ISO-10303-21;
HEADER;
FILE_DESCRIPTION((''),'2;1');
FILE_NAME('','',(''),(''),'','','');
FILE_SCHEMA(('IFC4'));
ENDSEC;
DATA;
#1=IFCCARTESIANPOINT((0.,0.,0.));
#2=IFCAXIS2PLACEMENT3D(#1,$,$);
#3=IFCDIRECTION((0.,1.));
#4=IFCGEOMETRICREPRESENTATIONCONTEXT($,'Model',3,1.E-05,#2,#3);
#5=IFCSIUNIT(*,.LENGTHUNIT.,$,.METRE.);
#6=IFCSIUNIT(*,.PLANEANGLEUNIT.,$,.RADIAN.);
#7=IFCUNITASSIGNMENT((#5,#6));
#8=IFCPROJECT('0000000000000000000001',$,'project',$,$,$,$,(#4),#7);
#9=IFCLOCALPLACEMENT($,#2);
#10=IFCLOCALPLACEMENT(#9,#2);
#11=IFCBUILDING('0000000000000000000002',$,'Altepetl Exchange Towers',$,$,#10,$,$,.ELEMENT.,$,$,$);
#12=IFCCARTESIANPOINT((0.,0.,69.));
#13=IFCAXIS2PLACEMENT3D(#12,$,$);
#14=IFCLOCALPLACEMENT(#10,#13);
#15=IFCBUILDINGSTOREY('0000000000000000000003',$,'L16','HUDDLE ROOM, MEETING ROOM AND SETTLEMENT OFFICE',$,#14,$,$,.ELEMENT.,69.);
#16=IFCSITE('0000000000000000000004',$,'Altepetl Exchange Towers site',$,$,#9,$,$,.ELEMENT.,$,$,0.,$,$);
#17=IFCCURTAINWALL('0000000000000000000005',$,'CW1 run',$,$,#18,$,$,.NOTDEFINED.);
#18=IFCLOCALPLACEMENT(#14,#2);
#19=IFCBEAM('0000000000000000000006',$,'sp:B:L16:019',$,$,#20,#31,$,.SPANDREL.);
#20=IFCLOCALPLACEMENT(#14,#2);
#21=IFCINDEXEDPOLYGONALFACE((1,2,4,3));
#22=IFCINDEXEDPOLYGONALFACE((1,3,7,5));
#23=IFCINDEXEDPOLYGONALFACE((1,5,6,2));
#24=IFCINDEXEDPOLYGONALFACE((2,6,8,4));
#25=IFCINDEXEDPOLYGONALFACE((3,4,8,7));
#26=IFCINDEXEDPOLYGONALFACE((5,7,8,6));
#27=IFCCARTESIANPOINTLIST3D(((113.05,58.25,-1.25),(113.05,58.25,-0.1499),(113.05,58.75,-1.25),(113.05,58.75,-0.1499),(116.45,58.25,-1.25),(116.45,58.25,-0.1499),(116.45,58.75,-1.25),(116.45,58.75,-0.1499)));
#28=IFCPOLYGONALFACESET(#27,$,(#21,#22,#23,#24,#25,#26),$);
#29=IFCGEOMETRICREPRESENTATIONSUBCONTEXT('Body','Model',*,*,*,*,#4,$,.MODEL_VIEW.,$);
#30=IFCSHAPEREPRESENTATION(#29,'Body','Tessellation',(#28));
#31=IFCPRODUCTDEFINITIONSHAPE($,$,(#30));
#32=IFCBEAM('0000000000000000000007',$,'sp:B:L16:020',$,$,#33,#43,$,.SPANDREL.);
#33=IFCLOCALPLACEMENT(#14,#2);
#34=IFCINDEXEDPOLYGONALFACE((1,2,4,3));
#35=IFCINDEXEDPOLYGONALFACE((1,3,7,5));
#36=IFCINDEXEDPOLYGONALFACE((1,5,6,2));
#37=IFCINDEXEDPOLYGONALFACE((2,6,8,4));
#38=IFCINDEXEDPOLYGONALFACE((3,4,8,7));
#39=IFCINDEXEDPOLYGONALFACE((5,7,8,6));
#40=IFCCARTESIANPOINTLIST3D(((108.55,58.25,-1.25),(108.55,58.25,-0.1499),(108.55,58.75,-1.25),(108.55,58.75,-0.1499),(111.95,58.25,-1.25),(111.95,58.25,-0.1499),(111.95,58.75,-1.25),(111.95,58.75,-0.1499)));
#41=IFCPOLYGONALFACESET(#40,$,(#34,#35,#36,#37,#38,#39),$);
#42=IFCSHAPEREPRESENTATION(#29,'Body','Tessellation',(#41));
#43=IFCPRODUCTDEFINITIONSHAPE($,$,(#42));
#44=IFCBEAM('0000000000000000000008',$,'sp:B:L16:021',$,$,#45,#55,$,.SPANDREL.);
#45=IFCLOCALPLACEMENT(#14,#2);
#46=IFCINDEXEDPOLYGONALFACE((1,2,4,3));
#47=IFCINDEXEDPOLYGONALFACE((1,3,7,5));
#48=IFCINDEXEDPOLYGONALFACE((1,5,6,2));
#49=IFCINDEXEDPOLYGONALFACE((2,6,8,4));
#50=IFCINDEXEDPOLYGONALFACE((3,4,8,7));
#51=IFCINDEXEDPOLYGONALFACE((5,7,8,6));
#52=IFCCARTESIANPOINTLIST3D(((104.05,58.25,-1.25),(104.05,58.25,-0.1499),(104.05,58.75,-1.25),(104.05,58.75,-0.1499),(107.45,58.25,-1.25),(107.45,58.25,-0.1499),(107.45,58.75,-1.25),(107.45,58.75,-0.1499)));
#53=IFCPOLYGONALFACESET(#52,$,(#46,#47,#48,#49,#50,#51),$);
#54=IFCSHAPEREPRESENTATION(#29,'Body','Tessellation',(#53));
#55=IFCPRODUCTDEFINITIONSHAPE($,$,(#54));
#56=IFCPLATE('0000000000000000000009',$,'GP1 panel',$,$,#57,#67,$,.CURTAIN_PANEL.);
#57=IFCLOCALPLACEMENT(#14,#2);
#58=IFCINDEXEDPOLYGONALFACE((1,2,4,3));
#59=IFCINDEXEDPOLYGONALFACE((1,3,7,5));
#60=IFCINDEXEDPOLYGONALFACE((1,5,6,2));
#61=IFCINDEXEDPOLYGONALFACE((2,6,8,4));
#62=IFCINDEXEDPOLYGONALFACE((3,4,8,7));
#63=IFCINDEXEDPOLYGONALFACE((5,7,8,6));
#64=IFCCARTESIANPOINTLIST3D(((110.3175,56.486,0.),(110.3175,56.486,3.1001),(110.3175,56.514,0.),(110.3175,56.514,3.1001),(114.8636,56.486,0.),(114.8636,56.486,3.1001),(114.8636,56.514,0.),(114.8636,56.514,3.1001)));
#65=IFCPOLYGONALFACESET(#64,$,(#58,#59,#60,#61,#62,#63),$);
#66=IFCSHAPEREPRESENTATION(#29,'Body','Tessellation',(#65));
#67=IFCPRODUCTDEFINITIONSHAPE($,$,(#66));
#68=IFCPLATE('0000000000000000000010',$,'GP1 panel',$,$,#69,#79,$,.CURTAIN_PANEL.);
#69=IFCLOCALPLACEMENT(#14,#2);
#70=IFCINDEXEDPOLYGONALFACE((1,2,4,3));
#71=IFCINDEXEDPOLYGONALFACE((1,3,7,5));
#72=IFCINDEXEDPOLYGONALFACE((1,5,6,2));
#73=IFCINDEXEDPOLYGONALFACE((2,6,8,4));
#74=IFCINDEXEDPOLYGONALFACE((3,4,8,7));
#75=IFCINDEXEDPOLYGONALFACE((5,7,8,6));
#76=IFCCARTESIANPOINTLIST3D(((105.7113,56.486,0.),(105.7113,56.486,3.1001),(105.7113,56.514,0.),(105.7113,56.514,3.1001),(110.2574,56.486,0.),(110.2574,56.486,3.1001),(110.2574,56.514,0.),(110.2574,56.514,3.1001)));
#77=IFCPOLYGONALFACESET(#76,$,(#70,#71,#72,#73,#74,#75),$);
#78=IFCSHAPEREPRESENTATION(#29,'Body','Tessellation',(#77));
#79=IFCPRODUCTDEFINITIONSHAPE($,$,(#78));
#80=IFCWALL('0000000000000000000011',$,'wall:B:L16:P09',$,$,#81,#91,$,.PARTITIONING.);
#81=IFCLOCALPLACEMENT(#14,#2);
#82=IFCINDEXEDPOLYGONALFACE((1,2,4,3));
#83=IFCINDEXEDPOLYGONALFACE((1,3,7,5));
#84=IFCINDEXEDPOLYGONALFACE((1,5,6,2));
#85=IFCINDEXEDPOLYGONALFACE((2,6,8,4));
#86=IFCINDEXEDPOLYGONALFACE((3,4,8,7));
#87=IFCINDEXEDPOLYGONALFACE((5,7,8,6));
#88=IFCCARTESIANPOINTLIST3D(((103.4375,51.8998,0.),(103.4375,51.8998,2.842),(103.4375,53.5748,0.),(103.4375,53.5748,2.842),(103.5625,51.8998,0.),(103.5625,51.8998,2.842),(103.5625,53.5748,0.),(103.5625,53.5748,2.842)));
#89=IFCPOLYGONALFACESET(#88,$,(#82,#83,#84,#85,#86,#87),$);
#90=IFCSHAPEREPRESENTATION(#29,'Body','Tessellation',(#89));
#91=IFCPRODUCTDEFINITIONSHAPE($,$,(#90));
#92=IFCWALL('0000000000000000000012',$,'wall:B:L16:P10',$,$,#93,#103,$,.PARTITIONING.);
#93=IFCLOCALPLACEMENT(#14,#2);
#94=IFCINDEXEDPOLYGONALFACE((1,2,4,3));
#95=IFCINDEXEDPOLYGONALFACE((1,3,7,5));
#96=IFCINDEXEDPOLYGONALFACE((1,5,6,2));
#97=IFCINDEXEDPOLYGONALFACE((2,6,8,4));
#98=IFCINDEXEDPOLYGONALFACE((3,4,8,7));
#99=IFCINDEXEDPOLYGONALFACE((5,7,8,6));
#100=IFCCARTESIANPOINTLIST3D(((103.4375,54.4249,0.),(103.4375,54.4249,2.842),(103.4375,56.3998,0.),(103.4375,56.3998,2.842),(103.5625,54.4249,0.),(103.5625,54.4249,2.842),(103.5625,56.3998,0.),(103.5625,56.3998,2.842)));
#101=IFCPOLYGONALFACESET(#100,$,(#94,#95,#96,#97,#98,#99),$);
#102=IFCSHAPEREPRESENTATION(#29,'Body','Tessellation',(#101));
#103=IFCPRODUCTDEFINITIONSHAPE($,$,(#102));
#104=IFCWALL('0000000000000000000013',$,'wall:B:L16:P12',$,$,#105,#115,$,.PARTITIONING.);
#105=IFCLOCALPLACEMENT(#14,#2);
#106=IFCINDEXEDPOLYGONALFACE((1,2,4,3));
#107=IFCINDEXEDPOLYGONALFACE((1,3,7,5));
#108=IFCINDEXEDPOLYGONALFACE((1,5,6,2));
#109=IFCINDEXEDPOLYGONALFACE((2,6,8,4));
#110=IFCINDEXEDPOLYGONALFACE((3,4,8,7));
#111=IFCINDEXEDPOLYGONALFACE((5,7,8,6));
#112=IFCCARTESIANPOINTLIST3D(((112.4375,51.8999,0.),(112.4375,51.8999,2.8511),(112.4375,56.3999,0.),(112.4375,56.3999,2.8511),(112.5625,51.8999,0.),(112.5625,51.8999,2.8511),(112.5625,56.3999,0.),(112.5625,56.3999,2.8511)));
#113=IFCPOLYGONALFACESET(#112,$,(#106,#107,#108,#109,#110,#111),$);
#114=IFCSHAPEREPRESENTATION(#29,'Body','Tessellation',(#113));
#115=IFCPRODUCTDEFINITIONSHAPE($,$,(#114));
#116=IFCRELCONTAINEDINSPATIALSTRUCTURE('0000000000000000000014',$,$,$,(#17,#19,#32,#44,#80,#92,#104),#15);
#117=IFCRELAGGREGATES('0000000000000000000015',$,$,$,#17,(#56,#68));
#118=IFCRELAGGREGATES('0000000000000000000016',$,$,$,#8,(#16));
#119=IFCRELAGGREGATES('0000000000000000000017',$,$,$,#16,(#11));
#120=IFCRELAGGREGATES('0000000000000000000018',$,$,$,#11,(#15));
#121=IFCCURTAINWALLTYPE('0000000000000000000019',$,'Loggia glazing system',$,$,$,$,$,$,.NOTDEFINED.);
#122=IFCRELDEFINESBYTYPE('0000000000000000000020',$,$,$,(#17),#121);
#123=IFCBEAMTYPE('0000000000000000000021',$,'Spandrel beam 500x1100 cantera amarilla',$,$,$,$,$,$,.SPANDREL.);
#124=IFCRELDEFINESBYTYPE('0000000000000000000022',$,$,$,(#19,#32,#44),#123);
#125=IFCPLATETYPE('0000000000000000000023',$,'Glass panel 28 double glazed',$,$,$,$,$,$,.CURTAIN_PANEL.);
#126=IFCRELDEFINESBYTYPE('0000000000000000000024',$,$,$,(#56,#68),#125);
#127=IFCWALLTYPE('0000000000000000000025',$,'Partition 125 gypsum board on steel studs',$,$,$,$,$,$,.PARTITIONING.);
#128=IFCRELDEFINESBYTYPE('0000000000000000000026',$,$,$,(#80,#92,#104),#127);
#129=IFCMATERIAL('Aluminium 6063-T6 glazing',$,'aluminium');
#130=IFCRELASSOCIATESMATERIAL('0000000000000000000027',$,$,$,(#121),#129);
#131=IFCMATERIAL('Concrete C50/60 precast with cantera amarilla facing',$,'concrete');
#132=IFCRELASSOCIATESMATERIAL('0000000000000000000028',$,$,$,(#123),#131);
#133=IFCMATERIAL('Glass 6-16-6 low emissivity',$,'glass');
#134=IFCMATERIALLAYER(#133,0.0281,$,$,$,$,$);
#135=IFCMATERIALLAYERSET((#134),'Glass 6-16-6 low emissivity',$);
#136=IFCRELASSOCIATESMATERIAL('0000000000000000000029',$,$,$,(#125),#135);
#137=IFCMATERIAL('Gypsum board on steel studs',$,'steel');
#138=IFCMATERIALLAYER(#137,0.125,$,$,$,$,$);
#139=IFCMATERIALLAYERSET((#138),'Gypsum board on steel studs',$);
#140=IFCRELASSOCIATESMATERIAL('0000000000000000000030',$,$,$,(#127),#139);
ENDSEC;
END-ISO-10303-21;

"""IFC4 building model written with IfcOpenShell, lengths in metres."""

from ifc_helpers import new_model, si_unit, direction, frame, frame_2d, origin, origin_2d, place, context, subcontext, project, spatial, rectangle, extrude, material, layer, layer_set, material_profile, profile_set, type_object, element, aggregate, save


model = new_model("IFC4")

# Units and contexts
model_context = context("Model", 3, precision=1e-05, world=origin(), true_north=direction((0.0, 1.0)))
body_context = subcontext(model_context, "Body", "Model", "MODEL_VIEW")
ifc_project = project(units=[si_unit("LENGTHUNIT", "METRE"), si_unit("PLANEANGLEUNIT", "RADIAN")], contexts=[model_context])

# Site, building, storey
site_placement = place(None, origin())
site = spatial("IfcSite", under=ifc_project, at=site_placement, Name="Altepetl Exchange Towers site", CompositionType="ELEMENT", RefElevation=0.0)
building_placement = place(site_placement, origin())
building = spatial("IfcBuilding", under=site, at=building_placement, Name="Altepetl Exchange Towers", CompositionType="ELEMENT")
storey_placement = place(building_placement, frame((0.0, 0.0, 69.0)))
storey = spatial("IfcBuildingStorey", under=building, at=storey_placement, Name="L16", Description="HUDDLE ROOM, MEETING ROOM AND SETTLEMENT OFFICE", CompositionType="ELEMENT", Elevation=69.0)

# Curtain wall
ifc_material_1 = material(Name="Aluminium 6063-T6 glazing", Category="aluminium")
curtain_wall_type = type_object("IfcCurtainWallType", Name="Loggia glazing system", PredefinedType="NOTDEFINED", material=ifc_material_1)
curtain_wall_placement = place(storey_placement, origin())
curtain_wall = element("IfcCurtainWall", 1, at=curtain_wall_placement, inside=storey, type_object=curtain_wall_type, Name="CW1 run", PredefinedType="NOTDEFINED")

# Beams
ifc_material_2 = material(Name="Concrete C50/60 precast with cantera amarilla facing", Category="concrete")
ifc_material_profile_1 = material_profile(ifc_material_2, rectangle(XDim=0.5, YDim=1.1001, at=origin_2d()), Name="500 x 1100")
ifc_profile_set_1 = profile_set([ifc_material_profile_1], Name="Concrete C50/60 precast with cantera amarilla facing")
beam_type_1 = type_object("IfcBeamType", Name="Spandrel beam 500x1100 cantera amarilla", PredefinedType="SPANDREL", material=ifc_profile_set_1)
for number, where, z_axis, x_axis, name in (
    (2, (116.45, 58.5, -0.7), (-1.0, 0.0, 0.0), (0.0, -1.0, 0.0), "sp:B:L16:019"),
    (3, (111.95, 58.5, -0.7), (-1.0, 0.0, 0.0), (0.0, -1.0, 0.0), "sp:B:L16:020"),
    (4, (107.45, 58.5, -0.7), (-1.0, 0.0, 0.0), (0.0, -1.0, 0.0), "sp:B:L16:021"),
):
    element("IfcBeam", number, at=place(storey_placement, frame(where, z_axis=z_axis, x_axis=x_axis)), inside=storey, type_object=beam_type_1, Name=name, PredefinedType="SPANDREL", context=body_context, shape_type="SweptSolid", body=[
        extrude(rectangle(XDim=0.5, YDim=1.1001, at=origin_2d()), origin(), (0.0, 0.0, 1.0), 3.3999),
    ])

# Plates
ifc_material_3 = material(Name="Glass 6-16-6 low emissivity", Category="glass")
ifc_layer_1 = layer(ifc_material_3, 0.0281)
ifc_layer_set_1 = layer_set([ifc_layer_1], Name="Glass 6-16-6 low emissivity")
plate_type = type_object("IfcPlateType", Name="Glass panel 28 double glazed", PredefinedType="CURTAIN_PANEL", material=ifc_layer_set_1)
plate_1_placement = place(storey_placement, frame((112.5906, 56.5, 0.0), z_axis=(0.0, 0.0, 1.0), x_axis=(-1.0, 0.0, 0.0)))
plate_1 = element("IfcPlate", 5, at=plate_1_placement, type_object=plate_type, Name="GP1 panel", PredefinedType="CURTAIN_PANEL", context=body_context, shape_type="SweptSolid", body=[
    extrude(rectangle(XDim=4.5461, YDim=0.0281, at=origin_2d()), origin(), (0.0, 0.0, 1.0), 3.1001),
])
plate_2_placement = place(storey_placement, frame((107.9844, 56.5, 0.0), z_axis=(0.0, 0.0, 1.0), x_axis=(-1.0, 0.0, 0.0)))
plate_2 = element("IfcPlate", 6, at=plate_2_placement, type_object=plate_type, Name="GP1 panel", PredefinedType="CURTAIN_PANEL", context=body_context, shape_type="SweptSolid", body=[
    extrude(rectangle(XDim=4.5461, YDim=0.0281, at=origin_2d()), origin(), (0.0, 0.0, 1.0), 3.1001),
])
aggregate(curtain_wall, [plate_1, plate_2])

# Walls
ifc_material_4 = material(Name="Gypsum board on steel studs", Category="steel")
ifc_layer_2 = layer(ifc_material_4, 0.125)
ifc_layer_set_2 = layer_set([ifc_layer_2], Name="Gypsum board on steel studs")
wall_type = type_object("IfcWallType", Name="Partition 125 gypsum board on steel studs", PredefinedType="PARTITIONING", material=ifc_layer_set_2)
wall_1_placement = place(storey_placement, frame((103.5, 51.8999, 0.0), z_axis=(0.0, 0.0, 1.0), x_axis=(0.0, 1.0, 0.0)))
element("IfcWall", 7, at=wall_1_placement, inside=storey, type_object=wall_type, Name="wall:B:L16:P09", PredefinedType="PARTITIONING", context=body_context, shape_type="SweptSolid", body=[
    extrude(rectangle(XDim=1.675, YDim=0.125, at=frame_2d((0.8374, 0.0))), origin(), (0.0, 0.0, 1.0), 2.842),
])
wall_2_placement = place(storey_placement, frame((103.5, 54.425, 0.0), z_axis=(0.0, 0.0, 1.0), x_axis=(0.0, 1.0, 0.0)))
element("IfcWall", 8, at=wall_2_placement, inside=storey, type_object=wall_type, Name="wall:B:L16:P10", PredefinedType="PARTITIONING", context=body_context, shape_type="SweptSolid", body=[
    extrude(rectangle(XDim=1.9749, YDim=0.125, at=frame_2d((0.9873, 0.0))), origin(), (0.0, 0.0, 1.0), 2.842),
])
wall_3_placement = place(storey_placement, frame((112.5, 51.8999, 0.0), z_axis=(0.0, 0.0, 1.0), x_axis=(0.0, 1.0, 0.0)))
element("IfcWall", 9, at=wall_3_placement, inside=storey, type_object=wall_type, Name="wall:B:L16:P12", PredefinedType="PARTITIONING", context=body_context, shape_type="SweptSolid", body=[
    extrude(rectangle(XDim=4.5, YDim=0.125, at=frame_2d((2.25, 0.0))), origin(), (0.0, 0.0, 1.0), 2.8511),
])

save(model, "model.ifc")
